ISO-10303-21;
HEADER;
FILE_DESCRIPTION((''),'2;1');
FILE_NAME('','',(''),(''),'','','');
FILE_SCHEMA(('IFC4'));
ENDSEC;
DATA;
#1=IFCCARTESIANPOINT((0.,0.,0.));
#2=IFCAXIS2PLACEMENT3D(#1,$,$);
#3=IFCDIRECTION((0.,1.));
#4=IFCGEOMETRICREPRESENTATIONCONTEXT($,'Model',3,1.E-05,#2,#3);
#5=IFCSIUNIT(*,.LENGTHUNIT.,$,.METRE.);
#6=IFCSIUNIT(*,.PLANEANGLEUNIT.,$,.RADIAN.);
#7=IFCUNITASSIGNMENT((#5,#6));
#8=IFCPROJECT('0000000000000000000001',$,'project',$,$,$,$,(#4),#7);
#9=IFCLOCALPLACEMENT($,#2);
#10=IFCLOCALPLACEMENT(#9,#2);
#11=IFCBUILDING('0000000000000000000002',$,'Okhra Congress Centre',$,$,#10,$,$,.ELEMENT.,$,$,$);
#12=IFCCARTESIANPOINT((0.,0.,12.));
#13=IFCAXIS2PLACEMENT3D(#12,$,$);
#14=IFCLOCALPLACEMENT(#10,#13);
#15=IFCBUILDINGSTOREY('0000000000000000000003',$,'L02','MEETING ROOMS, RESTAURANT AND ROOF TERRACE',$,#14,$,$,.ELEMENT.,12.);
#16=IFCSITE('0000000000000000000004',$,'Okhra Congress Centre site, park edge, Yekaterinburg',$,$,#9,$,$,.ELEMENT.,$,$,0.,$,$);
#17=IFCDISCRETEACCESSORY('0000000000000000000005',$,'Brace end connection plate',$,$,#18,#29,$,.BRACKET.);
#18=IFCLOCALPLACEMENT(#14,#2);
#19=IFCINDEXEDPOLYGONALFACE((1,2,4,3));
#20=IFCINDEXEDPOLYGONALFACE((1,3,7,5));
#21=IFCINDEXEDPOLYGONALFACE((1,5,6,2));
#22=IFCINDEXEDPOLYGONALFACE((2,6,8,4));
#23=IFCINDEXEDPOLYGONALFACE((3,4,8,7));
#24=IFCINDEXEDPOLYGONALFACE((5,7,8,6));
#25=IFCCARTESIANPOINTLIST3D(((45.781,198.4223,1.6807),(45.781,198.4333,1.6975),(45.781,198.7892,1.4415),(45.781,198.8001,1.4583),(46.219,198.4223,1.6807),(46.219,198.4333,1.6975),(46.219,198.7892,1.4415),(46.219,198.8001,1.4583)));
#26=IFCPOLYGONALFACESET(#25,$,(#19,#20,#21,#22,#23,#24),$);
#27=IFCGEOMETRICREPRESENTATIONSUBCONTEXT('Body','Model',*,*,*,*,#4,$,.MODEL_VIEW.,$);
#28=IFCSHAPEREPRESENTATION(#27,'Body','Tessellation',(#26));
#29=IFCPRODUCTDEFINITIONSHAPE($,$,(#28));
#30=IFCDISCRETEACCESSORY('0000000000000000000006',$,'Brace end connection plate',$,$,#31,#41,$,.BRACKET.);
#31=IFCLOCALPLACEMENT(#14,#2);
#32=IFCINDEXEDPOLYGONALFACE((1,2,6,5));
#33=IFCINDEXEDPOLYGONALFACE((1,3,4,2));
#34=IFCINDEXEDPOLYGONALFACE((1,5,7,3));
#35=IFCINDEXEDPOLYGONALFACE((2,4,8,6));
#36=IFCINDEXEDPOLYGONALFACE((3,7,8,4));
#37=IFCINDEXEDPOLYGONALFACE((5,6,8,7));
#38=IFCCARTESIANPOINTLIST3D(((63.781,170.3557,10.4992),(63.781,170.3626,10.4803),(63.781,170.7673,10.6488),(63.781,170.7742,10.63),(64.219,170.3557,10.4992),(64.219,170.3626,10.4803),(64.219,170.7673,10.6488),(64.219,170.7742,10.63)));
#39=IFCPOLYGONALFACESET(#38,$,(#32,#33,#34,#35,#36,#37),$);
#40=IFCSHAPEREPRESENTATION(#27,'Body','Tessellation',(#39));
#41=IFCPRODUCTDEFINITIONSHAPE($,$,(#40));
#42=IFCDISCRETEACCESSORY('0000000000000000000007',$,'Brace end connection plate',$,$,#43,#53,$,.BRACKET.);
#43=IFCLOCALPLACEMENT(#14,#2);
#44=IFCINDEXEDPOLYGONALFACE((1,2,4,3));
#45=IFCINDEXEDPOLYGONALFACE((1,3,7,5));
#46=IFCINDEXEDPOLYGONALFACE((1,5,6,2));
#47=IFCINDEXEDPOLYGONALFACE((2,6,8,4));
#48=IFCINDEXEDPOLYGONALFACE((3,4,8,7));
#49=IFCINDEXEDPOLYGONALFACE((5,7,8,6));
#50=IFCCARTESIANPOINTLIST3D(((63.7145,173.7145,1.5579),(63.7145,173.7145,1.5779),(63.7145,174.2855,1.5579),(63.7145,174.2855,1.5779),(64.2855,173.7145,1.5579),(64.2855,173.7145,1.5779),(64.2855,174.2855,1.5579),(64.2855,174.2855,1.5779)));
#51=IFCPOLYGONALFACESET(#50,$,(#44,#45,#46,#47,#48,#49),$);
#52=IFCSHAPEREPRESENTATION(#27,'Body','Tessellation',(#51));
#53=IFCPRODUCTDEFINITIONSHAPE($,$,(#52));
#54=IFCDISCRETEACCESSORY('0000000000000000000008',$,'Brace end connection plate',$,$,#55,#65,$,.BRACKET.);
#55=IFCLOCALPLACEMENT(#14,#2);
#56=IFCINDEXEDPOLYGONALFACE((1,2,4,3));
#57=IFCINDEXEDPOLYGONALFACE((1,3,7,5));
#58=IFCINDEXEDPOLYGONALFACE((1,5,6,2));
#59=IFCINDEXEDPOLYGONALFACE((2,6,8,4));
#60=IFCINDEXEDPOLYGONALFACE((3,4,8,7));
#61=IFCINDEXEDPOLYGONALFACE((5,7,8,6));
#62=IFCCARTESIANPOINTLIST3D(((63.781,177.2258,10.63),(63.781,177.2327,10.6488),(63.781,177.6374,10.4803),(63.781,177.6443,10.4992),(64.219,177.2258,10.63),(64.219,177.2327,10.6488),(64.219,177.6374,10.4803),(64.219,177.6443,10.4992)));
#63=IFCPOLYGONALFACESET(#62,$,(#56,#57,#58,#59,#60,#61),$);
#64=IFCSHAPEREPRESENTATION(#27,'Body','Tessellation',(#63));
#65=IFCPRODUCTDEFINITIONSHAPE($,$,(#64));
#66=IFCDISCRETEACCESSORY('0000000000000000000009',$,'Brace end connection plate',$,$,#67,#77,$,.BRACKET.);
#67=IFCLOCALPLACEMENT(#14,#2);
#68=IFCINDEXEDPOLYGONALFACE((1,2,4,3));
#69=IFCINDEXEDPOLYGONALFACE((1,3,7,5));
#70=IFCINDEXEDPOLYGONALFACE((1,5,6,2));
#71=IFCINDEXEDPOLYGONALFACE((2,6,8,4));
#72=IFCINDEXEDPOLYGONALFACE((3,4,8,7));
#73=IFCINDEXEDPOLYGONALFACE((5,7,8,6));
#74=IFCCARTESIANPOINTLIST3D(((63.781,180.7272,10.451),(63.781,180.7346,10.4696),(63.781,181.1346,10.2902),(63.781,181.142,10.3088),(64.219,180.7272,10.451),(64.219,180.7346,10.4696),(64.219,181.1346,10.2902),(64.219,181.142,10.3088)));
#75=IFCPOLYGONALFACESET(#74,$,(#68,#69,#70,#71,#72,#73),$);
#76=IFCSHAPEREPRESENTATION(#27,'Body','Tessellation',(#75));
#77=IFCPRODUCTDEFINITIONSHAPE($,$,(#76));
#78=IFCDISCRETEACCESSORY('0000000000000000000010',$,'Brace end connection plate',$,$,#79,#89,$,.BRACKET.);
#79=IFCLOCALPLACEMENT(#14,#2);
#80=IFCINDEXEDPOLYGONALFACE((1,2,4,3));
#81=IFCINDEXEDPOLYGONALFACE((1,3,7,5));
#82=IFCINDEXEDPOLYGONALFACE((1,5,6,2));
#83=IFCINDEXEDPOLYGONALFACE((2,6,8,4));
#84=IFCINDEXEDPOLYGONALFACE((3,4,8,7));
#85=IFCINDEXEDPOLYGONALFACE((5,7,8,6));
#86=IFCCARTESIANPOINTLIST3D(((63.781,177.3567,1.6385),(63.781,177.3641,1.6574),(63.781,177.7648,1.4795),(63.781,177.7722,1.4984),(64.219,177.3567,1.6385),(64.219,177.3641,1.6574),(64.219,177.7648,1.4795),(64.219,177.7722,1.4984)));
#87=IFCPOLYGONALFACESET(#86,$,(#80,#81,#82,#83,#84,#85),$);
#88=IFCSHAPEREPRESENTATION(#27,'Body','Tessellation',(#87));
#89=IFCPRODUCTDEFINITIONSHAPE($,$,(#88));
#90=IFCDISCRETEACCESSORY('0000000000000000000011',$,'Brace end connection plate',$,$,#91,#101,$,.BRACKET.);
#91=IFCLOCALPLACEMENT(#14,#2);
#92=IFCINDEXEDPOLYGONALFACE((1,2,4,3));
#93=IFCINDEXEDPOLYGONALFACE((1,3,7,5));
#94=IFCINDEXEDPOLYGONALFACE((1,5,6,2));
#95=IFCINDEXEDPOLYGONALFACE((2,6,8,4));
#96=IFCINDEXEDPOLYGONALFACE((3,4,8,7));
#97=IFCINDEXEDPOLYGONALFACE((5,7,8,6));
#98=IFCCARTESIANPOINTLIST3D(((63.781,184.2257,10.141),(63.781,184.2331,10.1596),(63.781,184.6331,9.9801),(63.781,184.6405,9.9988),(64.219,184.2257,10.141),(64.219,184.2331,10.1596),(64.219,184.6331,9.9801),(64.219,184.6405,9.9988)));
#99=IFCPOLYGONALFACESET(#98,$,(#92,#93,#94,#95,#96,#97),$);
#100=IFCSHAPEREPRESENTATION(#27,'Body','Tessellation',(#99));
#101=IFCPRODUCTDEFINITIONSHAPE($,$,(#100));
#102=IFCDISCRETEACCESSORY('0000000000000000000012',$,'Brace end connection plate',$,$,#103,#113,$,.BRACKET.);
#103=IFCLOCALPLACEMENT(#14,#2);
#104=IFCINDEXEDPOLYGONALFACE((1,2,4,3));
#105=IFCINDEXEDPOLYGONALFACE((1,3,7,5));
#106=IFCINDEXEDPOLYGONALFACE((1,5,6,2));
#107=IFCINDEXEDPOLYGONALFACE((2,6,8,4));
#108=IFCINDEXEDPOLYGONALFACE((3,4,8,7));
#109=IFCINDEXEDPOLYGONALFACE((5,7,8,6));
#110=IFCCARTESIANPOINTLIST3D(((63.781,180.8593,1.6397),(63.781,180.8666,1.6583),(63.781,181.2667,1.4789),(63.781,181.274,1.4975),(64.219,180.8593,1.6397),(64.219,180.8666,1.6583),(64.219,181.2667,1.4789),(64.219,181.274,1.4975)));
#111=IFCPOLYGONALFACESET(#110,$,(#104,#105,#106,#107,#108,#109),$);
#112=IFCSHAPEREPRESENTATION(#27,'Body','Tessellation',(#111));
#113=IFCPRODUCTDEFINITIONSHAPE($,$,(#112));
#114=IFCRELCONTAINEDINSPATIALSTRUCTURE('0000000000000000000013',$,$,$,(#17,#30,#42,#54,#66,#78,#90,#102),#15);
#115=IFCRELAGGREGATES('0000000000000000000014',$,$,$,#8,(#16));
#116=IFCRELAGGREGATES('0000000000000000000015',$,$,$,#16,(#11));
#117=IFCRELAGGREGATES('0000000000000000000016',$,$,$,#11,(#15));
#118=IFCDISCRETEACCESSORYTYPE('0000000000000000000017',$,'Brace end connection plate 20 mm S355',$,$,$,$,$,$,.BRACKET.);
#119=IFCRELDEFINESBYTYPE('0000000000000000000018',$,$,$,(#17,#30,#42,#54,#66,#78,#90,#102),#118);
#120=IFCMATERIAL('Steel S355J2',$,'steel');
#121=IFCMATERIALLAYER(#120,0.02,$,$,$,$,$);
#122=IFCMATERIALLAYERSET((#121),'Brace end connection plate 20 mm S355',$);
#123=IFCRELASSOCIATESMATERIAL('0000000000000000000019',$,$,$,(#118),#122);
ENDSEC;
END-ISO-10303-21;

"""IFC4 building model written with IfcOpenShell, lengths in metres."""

from ifc_helpers import new_model, si_unit, direction, frame, origin, origin_2d, place, context, subcontext, project, spatial, rectangle, extrude, material, layer, layer_set, type_object, element, save


model = new_model("IFC4")

# Units and contexts
model_context = context("Model", 3, precision=1e-05, world=origin(), true_north=direction((0.0, 1.0)))
body_context = subcontext(model_context, "Body", "Model", "MODEL_VIEW")
ifc_project = project(units=[si_unit("LENGTHUNIT", "METRE"), si_unit("PLANEANGLEUNIT", "RADIAN")], contexts=[model_context])

# Site, building, storey
site_placement = place(None, origin())
site = spatial("IfcSite", under=ifc_project, at=site_placement, Name="Okhra Congress Centre site, park edge, Yekaterinburg", CompositionType="ELEMENT", RefElevation=0.0)
building_placement = place(site_placement, origin())
building = spatial("IfcBuilding", under=site, at=building_placement, Name="Okhra Congress Centre", CompositionType="ELEMENT")
storey_placement = place(building_placement, frame((0.0, 0.0, 12.0)))
storey = spatial("IfcBuildingStorey", under=building, at=storey_placement, Name="L02", Description="MEETING ROOMS, RESTAURANT AND ROOF TERRACE", CompositionType="ELEMENT", Elevation=12.0)

# Discrete accessories
ifc_material_1 = material(Name="Steel S355J2", Category="steel")
ifc_layer = layer(ifc_material_1, 0.02)
ifc_layer_set = layer_set([ifc_layer], Name="Brace end connection plate 20 mm S355")
discrete_accessory_type = type_object("IfcDiscreteAccessoryType", Name="Brace end connection plate 20 mm S355", PredefinedType="BRACKET", material=ifc_layer_set)
for number, where, z_axis, x_axis, name in (
    (1, (46.0, 198.6167, 1.5779), (0.0, -0.546268, -0.837611), (1.0, 0.0, 0.0), "Brace end connection plate"),
    (2, (64.0, 170.5684, 10.5552), (0.0, -0.341743, 0.939793), (1.0, 0.0, 0.0), "Brace end connection plate"),
):
    element("IfcDiscreteAccessory", number, at=place(storey_placement, frame(where, z_axis=z_axis, x_axis=x_axis)), inside=storey, type_object=discrete_accessory_type, Name=name, PredefinedType="BRACKET", context=body_context, shape_type="SweptSolid", body=[
        extrude(rectangle(XDim=0.438, YDim=0.438, at=origin_2d()), origin(), (0.0, 0.0, 1.0), 0.02),
    ])
discrete_accessory_1_placement = place(storey_placement, frame((64.0, 174.0, 1.5779), z_axis=(0.0, 0.0, -1.0), x_axis=(1.0, 0.0, 0.0)))
element("IfcDiscreteAccessory", 3, at=discrete_accessory_1_placement, inside=storey, type_object=discrete_accessory_type, Name="Brace end connection plate", PredefinedType="BRACKET", context=body_context, shape_type="SweptSolid", body=[
    extrude(rectangle(XDim=0.571, YDim=0.571, at=origin_2d()), origin(), (0.0, 0.0, 1.0), 0.02),
])
for number, where, z_axis, x_axis, name in (
    (4, (64.0, 177.4316, 10.5552), (0.0, 0.341743, 0.939793), (-1.0, 0.0, 0.0), "Brace end connection plate"),
    (5, (64.0, 180.9309, 10.3706), (0.0, 0.367167, 0.930155), (-1.0, 0.0, 0.0), "Brace end connection plate"),
):
    element("IfcDiscreteAccessory", number, at=place(storey_placement, frame(where, z_axis=z_axis, x_axis=x_axis)), inside=storey, type_object=discrete_accessory_type, Name=name, PredefinedType="BRACKET", context=body_context, shape_type="SweptSolid", body=[
        extrude(rectangle(XDim=0.438, YDim=0.438, at=origin_2d()), origin(), (0.0, 0.0, 1.0), 0.02),
    ])
discrete_accessory_2_placement = place(storey_placement, frame((64.0, 177.5681, 1.5779), z_axis=(0.0, -0.36303, -0.931777), x_axis=(1.0, 0.0, 0.0)))
element("IfcDiscreteAccessory", 6, at=discrete_accessory_2_placement, inside=storey, type_object=discrete_accessory_type, Name="Brace end connection plate", PredefinedType="BRACKET", context=body_context, shape_type="SweptSolid", body=[
    extrude(rectangle(XDim=0.438, YDim=0.438, at=origin_2d()), origin(), (0.0, 0.0, 1.0), 0.0203),
])
for number, where, z_axis, x_axis, name in (
    (7, (64.0, 184.4294, 10.0605), (0.0, 0.367167, 0.930155), (-1.0, 0.0, 0.0), "Brace end connection plate"),
    (8, (64.0, 181.0703, 1.5779), (0.0, -0.367167, -0.930155), (1.0, 0.0, 0.0), "Brace end connection plate"),
):
    element("IfcDiscreteAccessory", number, at=place(storey_placement, frame(where, z_axis=z_axis, x_axis=x_axis)), inside=storey, type_object=discrete_accessory_type, Name=name, PredefinedType="BRACKET", context=body_context, shape_type="SweptSolid", body=[
        extrude(rectangle(XDim=0.438, YDim=0.438, at=origin_2d()), origin(), (0.0, 0.0, 1.0), 0.02),
    ])

save(model, "model.ifc")
